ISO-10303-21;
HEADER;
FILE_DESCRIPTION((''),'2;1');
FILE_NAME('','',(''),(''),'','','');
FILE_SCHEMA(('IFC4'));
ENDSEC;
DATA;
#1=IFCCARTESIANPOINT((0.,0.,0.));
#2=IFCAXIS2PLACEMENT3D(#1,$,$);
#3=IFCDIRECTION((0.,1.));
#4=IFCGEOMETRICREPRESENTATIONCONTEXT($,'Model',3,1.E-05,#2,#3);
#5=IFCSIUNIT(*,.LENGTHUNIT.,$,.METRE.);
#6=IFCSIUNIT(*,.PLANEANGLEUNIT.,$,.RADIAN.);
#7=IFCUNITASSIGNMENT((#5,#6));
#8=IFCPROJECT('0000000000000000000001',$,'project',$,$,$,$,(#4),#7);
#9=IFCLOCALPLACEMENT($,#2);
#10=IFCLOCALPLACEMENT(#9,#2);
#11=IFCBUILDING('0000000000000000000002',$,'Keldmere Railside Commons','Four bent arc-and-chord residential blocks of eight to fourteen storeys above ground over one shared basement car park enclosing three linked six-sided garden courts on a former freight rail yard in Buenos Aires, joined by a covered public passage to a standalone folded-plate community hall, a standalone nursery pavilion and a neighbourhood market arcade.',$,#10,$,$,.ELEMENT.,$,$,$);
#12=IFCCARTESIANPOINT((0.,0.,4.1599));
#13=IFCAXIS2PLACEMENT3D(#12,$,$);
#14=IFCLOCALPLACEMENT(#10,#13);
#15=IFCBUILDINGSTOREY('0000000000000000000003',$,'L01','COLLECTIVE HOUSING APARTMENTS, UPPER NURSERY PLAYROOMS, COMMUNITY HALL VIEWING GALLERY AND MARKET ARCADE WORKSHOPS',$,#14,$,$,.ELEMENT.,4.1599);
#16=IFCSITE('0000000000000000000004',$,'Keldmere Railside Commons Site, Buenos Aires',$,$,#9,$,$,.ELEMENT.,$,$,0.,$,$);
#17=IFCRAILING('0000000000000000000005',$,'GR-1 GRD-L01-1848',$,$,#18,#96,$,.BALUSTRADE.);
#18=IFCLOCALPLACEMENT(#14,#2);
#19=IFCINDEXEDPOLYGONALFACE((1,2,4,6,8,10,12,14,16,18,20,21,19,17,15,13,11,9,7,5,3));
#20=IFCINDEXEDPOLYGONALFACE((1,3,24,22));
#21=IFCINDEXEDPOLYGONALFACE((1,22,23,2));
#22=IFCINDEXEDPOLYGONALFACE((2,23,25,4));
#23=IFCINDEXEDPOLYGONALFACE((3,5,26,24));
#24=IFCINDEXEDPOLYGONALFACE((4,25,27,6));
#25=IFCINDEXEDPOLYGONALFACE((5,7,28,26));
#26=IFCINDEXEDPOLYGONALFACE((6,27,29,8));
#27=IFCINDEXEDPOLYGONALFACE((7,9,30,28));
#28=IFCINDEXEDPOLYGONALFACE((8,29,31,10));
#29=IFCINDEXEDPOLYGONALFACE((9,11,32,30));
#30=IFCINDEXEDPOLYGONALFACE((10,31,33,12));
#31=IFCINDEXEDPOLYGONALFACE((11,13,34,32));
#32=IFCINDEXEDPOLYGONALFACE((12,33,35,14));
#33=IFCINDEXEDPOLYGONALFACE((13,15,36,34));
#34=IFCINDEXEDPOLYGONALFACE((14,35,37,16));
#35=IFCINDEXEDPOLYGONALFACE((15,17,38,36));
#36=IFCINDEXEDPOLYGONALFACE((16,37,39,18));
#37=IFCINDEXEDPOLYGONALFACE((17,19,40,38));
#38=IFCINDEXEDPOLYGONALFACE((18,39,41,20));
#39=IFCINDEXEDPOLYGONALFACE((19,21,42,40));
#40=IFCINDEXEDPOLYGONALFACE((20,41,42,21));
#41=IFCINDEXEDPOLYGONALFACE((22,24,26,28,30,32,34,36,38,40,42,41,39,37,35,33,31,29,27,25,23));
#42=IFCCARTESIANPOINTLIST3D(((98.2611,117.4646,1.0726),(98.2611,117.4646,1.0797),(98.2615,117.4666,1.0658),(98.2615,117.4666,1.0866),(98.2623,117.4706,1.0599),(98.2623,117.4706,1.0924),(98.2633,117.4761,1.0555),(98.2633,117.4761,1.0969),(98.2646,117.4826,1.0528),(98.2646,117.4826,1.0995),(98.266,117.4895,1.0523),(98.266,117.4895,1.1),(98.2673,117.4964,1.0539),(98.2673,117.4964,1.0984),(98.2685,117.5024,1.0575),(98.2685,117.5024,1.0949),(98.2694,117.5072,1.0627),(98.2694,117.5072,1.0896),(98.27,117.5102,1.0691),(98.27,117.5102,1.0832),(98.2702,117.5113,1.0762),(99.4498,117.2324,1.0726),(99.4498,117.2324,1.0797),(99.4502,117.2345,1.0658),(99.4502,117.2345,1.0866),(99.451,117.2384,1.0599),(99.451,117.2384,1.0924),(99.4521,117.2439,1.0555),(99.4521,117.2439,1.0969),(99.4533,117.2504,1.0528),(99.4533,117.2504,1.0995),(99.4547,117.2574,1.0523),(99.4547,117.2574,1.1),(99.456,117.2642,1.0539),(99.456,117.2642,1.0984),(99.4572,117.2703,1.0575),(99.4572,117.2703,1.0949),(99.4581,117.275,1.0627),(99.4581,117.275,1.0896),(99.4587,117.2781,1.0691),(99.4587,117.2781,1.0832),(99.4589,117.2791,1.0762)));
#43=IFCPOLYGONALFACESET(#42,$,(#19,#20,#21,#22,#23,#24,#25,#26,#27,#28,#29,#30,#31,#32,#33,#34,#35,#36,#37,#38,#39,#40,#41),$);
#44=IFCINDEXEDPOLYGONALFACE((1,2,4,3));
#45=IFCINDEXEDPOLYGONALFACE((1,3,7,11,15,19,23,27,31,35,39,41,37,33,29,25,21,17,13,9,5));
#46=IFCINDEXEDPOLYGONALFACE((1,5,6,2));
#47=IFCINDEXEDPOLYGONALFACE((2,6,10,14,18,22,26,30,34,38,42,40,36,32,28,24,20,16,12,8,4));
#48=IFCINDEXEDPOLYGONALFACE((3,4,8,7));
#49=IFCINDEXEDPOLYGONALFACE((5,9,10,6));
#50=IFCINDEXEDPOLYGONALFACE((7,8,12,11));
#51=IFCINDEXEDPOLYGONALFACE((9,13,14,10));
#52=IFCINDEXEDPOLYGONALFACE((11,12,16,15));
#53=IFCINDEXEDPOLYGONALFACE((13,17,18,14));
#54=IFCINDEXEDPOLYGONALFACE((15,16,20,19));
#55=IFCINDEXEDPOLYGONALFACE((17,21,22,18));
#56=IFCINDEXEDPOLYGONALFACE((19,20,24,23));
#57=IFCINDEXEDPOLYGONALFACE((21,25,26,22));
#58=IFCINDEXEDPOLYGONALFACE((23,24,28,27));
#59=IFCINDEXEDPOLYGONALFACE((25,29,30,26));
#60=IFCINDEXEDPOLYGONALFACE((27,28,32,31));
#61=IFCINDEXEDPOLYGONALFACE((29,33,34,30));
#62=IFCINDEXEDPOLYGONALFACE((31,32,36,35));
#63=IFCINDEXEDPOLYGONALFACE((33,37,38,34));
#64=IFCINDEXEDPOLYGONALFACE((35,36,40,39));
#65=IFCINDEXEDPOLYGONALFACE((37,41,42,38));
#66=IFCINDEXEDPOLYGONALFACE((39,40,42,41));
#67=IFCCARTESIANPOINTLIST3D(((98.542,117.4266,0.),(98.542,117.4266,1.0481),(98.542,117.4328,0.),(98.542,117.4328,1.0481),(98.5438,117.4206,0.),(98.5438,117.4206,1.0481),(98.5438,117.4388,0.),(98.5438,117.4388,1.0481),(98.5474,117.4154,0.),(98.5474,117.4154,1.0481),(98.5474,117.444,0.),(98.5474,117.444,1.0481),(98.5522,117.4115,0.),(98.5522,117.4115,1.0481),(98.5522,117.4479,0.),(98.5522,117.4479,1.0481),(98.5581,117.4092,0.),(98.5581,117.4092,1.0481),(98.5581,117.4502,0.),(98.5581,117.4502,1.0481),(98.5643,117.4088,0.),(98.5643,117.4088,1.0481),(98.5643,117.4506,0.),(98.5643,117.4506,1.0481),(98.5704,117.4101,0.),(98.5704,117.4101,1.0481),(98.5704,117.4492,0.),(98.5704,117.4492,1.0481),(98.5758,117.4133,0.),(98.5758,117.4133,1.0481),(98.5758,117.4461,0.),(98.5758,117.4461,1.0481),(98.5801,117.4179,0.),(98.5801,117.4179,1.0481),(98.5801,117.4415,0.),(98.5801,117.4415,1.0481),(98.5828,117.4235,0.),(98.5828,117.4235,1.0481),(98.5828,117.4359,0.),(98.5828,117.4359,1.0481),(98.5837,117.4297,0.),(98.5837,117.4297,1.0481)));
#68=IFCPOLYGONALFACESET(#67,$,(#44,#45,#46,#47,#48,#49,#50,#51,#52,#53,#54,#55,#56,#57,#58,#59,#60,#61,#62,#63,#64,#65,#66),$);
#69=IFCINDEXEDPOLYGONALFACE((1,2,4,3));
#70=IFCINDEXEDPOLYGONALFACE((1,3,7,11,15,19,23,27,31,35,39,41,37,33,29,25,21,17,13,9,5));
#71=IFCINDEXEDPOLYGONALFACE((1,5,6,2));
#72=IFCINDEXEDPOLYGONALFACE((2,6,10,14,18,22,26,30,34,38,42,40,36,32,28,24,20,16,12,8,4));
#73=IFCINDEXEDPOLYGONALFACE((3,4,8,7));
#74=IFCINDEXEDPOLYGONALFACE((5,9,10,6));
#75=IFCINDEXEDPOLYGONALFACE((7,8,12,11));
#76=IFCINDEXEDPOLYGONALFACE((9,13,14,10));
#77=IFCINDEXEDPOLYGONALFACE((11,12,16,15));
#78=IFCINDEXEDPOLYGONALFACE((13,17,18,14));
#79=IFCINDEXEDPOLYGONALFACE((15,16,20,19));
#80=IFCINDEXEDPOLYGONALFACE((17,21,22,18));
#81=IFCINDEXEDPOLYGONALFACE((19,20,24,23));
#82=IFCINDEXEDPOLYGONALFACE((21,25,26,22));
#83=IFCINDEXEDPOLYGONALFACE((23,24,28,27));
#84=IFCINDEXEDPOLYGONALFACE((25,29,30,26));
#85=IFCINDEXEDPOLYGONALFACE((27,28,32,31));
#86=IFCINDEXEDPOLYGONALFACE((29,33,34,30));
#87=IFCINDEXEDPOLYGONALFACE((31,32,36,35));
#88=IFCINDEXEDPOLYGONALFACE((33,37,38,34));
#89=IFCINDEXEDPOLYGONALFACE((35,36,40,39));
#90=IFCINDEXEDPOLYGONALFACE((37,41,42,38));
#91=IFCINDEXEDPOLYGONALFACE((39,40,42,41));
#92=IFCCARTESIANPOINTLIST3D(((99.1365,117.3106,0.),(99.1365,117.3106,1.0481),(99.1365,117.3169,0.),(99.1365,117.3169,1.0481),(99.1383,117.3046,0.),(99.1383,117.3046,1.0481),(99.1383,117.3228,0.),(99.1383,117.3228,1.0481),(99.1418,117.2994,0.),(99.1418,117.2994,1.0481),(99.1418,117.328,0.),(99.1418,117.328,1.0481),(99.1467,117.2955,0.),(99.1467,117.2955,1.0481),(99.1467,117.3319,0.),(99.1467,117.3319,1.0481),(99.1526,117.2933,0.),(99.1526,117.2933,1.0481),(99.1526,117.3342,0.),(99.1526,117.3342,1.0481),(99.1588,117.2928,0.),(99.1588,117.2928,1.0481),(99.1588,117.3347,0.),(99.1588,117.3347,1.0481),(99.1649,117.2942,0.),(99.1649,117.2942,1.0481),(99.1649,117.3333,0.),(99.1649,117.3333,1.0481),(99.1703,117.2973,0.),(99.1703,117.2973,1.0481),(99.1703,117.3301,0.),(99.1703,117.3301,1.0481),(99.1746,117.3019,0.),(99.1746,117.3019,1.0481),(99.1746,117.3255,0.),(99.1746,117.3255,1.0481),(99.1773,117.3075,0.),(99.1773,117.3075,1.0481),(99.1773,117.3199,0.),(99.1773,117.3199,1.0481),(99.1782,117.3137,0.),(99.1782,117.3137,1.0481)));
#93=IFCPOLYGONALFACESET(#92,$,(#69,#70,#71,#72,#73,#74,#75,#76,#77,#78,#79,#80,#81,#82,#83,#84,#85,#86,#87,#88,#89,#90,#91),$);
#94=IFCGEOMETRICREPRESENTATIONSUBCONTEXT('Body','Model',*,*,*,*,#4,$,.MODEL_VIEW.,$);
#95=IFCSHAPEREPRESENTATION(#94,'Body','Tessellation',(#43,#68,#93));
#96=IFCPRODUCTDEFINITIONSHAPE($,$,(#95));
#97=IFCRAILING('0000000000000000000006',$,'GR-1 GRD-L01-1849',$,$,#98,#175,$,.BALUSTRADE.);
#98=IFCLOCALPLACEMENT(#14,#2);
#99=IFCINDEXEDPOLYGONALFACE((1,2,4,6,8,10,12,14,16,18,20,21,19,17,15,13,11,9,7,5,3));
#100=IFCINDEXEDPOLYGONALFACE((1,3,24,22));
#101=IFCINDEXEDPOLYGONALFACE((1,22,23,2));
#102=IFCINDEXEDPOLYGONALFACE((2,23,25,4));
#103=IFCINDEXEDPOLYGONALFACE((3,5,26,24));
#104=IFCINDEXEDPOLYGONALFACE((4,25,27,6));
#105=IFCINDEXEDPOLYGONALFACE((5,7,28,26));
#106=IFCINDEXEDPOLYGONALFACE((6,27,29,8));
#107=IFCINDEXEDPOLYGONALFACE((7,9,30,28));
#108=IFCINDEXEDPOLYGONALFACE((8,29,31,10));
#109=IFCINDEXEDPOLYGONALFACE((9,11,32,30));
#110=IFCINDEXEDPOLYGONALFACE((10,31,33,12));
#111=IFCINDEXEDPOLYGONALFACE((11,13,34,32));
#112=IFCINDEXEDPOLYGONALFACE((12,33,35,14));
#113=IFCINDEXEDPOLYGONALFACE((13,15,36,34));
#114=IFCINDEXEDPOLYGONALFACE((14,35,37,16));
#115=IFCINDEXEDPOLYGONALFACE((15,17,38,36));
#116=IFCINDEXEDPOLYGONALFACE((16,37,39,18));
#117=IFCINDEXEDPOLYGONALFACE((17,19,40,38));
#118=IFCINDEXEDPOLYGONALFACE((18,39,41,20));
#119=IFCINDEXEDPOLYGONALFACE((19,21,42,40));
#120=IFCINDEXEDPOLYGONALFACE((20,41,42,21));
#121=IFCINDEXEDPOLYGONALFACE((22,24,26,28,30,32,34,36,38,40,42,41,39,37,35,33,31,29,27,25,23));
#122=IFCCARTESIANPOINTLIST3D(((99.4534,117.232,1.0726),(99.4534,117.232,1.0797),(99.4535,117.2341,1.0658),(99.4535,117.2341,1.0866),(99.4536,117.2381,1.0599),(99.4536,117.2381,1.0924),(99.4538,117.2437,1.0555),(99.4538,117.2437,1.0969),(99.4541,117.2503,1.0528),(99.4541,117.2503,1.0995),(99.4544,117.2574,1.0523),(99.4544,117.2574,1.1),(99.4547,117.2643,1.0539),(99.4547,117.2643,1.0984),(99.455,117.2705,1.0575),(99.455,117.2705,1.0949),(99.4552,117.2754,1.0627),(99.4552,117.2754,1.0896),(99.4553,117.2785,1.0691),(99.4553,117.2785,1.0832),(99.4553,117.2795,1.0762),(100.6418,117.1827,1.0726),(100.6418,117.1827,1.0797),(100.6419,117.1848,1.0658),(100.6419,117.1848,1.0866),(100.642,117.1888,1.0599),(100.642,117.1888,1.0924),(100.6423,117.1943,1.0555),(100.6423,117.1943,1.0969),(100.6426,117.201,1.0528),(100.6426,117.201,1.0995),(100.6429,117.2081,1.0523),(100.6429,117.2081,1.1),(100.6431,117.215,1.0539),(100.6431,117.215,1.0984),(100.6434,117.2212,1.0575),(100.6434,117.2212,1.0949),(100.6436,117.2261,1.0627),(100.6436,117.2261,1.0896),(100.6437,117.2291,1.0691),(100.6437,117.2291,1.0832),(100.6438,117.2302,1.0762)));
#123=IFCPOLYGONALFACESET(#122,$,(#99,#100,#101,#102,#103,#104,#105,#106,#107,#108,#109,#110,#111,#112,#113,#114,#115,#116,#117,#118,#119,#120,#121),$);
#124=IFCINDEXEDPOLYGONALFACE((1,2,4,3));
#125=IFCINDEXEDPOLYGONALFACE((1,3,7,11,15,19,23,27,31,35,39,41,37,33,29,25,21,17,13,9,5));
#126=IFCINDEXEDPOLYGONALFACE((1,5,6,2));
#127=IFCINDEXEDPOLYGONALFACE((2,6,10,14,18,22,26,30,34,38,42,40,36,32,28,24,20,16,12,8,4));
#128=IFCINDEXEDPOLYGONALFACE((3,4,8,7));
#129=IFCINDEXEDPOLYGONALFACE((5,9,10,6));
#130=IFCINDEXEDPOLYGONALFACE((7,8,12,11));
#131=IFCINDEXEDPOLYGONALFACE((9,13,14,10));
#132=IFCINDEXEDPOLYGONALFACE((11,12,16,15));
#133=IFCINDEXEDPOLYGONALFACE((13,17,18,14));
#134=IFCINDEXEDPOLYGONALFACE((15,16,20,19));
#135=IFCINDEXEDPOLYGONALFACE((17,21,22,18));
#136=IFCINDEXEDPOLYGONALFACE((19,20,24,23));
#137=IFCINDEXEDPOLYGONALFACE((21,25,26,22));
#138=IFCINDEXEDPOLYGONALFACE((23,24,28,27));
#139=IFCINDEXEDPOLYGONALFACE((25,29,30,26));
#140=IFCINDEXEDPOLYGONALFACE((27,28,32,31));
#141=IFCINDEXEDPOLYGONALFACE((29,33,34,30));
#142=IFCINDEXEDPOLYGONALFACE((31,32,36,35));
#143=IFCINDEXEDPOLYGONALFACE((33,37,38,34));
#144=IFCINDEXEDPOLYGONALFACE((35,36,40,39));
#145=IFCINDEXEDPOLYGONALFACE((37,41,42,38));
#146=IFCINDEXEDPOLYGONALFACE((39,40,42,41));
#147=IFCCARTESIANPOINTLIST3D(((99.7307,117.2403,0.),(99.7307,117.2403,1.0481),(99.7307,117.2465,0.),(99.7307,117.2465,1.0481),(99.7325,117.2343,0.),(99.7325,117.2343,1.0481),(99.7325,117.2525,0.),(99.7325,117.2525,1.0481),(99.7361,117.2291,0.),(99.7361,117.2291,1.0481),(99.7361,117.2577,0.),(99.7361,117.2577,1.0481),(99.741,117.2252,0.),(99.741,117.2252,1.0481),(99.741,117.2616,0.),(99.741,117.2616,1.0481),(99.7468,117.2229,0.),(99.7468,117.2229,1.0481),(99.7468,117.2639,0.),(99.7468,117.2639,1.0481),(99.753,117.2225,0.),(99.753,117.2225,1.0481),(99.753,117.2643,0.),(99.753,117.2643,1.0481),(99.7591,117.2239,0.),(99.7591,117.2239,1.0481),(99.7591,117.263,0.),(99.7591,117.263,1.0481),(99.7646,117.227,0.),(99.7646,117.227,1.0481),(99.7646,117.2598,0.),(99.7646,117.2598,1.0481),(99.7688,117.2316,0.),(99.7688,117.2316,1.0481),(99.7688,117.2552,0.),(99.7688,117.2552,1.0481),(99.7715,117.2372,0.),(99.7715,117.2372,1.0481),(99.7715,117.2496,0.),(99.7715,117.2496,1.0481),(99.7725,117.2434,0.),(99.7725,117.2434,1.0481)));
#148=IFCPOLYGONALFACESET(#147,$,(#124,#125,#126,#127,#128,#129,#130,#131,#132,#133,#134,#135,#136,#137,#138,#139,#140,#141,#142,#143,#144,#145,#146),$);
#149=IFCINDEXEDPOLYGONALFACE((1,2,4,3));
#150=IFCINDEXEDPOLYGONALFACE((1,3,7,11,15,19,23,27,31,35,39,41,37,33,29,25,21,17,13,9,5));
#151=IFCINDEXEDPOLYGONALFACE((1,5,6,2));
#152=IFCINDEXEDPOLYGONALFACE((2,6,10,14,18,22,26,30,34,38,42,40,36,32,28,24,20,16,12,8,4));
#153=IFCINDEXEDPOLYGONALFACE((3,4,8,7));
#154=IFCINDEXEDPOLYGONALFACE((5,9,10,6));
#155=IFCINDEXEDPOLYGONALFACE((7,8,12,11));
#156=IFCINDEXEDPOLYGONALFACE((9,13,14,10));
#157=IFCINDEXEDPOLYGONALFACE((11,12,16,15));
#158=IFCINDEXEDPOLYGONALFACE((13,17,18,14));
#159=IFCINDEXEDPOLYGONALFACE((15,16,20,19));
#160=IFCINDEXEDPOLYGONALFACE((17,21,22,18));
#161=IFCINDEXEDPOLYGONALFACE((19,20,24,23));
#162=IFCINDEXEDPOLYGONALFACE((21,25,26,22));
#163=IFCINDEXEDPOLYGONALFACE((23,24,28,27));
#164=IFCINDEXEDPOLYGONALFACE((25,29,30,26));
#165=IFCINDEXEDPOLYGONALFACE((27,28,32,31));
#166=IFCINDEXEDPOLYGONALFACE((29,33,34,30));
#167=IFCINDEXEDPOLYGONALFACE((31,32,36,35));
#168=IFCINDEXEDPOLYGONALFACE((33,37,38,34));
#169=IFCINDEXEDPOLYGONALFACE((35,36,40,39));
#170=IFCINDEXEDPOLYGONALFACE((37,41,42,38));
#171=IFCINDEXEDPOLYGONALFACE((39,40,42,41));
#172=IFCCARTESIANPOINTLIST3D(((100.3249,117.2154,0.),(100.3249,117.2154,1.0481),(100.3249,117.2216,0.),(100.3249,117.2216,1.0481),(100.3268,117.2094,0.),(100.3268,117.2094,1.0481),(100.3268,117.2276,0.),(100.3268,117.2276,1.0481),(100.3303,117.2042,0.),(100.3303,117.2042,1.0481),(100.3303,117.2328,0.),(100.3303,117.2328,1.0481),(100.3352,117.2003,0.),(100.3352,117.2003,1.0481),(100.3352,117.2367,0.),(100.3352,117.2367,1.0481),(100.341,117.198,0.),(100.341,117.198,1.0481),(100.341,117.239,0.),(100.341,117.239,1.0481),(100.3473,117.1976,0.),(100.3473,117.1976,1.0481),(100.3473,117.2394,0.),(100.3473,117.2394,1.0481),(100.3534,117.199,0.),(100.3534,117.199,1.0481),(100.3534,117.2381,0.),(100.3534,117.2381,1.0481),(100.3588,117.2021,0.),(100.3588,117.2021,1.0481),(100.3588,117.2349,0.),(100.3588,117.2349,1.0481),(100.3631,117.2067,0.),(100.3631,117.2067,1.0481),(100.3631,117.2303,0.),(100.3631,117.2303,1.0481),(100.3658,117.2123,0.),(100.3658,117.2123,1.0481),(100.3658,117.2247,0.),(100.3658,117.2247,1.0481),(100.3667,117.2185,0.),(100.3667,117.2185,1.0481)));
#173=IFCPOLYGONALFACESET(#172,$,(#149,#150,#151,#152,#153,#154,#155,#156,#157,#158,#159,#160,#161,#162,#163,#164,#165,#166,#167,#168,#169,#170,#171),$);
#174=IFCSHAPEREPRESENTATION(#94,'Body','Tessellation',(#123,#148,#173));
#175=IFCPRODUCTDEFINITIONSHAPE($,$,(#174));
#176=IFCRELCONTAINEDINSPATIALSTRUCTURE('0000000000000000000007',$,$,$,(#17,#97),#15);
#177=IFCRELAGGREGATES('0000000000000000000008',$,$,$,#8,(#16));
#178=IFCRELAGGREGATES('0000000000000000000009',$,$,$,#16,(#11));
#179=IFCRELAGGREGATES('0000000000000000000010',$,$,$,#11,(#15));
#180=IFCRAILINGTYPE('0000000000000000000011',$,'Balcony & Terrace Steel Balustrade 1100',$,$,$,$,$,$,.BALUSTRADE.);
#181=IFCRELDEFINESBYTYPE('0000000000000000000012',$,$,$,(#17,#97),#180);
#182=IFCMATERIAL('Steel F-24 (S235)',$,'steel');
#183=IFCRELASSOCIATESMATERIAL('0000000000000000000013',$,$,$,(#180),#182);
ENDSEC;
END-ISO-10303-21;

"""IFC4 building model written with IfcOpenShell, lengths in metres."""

from ifc_helpers import new_model, si_unit, direction, frame, origin, origin_2d, place, context, subcontext, project, spatial, circle, extrude, material, type_object, element, save


model = new_model("IFC4")

# Units and contexts
model_context = context("Model", 3, precision=1e-05, world=origin(), true_north=direction((0.0, 1.0)))
body_context = subcontext(model_context, "Body", "Model", "MODEL_VIEW")
ifc_project = project(units=[si_unit("LENGTHUNIT", "METRE"), si_unit("PLANEANGLEUNIT", "RADIAN")], contexts=[model_context])

# Site, building, storey
site_placement = place(None, origin())
site = spatial("IfcSite", under=ifc_project, at=site_placement, Name="Keldmere Railside Commons Site, Buenos Aires", CompositionType="ELEMENT", RefElevation=0.0)
building_placement = place(site_placement, origin())
building = spatial("IfcBuilding", under=site, at=building_placement, Name="Keldmere Railside Commons", Description="Four bent arc-and-chord residential blocks of eight to fourteen storeys above ground over one shared basement car park enclosing three linked six-sided garden courts on a former freight rail yard in Buenos Aires, joined by a covered public passage to a standalone folded-plate community hall, a standalone nursery pavilion and a neighbourhood market arcade.", CompositionType="ELEMENT")
storey_placement = place(building_placement, frame((0.0, 0.0, 4.1599)))
storey = spatial("IfcBuildingStorey", under=building, at=storey_placement, Name="L01", Description="COLLECTIVE HOUSING APARTMENTS, UPPER NURSERY PLAYROOMS, COMMUNITY HALL VIEWING GALLERY AND MARKET ARCADE WORKSHOPS", CompositionType="ELEMENT", Elevation=4.1599)

# Railings
ifc_material_1 = material(Name="Steel F-24 (S235)", Category="steel")
railing_type = type_object("IfcRailingType", Name="Balcony & Terrace Steel Balustrade 1100", PredefinedType="BALUSTRADE", material=ifc_material_1)
railing_1_placement = place(storey_placement, frame((98.2656, 117.4878, 0.0)))
element("IfcRailing", 1, at=railing_1_placement, inside=storey, type_object=railing_type, Name="GR-1 GRD-L01-1848", PredefinedType="BALUSTRADE", context=body_context, shape_type="SweptSolid", body=[
    extrude(circle(Radius=0.0239, at=origin_2d()), frame((0.0, 0.0, 1.0762), z_axis=(0.981455, -0.191695, 0.0), x_axis=(0.191695, 0.981455, 0.0)), (0.0, 0.0, 1.0), 1.2112),
    extrude(circle(Radius=0.021, at=origin_2d()), frame((0.2971, -0.0581, 0.0)), (0.0, 0.0, 1.0), 1.0481),
    extrude(circle(Radius=0.021, at=origin_2d()), frame((0.8916, -0.1741, 0.0)), (0.0, 0.0, 1.0), 1.0481),
])
railing_2_placement = place(storey_placement, frame((99.4543, 117.2556, 0.0)))
element("IfcRailing", 2, at=railing_2_placement, inside=storey, type_object=railing_type, Name="GR-1 GRD-L01-1849", PredefinedType="BALUSTRADE", context=body_context, shape_type="SweptSolid", body=[
    extrude(circle(Radius=0.0239, at=origin_2d()), frame((0.0, 0.0, 1.0762), z_axis=(0.99914, -0.04146, 0.0), x_axis=(0.04146, 0.99914, 0.0)), (0.0, 0.0, 1.0), 1.1895),
    extrude(circle(Radius=0.021, at=origin_2d()), frame((0.2971, -0.0122, 0.0)), (0.0, 0.0, 1.0), 1.0481),
    extrude(circle(Radius=0.021, at=origin_2d()), frame((0.8914, -0.0371, 0.0)), (0.0, 0.0, 1.0), 1.0481),
])

save(model, "model.ifc")
